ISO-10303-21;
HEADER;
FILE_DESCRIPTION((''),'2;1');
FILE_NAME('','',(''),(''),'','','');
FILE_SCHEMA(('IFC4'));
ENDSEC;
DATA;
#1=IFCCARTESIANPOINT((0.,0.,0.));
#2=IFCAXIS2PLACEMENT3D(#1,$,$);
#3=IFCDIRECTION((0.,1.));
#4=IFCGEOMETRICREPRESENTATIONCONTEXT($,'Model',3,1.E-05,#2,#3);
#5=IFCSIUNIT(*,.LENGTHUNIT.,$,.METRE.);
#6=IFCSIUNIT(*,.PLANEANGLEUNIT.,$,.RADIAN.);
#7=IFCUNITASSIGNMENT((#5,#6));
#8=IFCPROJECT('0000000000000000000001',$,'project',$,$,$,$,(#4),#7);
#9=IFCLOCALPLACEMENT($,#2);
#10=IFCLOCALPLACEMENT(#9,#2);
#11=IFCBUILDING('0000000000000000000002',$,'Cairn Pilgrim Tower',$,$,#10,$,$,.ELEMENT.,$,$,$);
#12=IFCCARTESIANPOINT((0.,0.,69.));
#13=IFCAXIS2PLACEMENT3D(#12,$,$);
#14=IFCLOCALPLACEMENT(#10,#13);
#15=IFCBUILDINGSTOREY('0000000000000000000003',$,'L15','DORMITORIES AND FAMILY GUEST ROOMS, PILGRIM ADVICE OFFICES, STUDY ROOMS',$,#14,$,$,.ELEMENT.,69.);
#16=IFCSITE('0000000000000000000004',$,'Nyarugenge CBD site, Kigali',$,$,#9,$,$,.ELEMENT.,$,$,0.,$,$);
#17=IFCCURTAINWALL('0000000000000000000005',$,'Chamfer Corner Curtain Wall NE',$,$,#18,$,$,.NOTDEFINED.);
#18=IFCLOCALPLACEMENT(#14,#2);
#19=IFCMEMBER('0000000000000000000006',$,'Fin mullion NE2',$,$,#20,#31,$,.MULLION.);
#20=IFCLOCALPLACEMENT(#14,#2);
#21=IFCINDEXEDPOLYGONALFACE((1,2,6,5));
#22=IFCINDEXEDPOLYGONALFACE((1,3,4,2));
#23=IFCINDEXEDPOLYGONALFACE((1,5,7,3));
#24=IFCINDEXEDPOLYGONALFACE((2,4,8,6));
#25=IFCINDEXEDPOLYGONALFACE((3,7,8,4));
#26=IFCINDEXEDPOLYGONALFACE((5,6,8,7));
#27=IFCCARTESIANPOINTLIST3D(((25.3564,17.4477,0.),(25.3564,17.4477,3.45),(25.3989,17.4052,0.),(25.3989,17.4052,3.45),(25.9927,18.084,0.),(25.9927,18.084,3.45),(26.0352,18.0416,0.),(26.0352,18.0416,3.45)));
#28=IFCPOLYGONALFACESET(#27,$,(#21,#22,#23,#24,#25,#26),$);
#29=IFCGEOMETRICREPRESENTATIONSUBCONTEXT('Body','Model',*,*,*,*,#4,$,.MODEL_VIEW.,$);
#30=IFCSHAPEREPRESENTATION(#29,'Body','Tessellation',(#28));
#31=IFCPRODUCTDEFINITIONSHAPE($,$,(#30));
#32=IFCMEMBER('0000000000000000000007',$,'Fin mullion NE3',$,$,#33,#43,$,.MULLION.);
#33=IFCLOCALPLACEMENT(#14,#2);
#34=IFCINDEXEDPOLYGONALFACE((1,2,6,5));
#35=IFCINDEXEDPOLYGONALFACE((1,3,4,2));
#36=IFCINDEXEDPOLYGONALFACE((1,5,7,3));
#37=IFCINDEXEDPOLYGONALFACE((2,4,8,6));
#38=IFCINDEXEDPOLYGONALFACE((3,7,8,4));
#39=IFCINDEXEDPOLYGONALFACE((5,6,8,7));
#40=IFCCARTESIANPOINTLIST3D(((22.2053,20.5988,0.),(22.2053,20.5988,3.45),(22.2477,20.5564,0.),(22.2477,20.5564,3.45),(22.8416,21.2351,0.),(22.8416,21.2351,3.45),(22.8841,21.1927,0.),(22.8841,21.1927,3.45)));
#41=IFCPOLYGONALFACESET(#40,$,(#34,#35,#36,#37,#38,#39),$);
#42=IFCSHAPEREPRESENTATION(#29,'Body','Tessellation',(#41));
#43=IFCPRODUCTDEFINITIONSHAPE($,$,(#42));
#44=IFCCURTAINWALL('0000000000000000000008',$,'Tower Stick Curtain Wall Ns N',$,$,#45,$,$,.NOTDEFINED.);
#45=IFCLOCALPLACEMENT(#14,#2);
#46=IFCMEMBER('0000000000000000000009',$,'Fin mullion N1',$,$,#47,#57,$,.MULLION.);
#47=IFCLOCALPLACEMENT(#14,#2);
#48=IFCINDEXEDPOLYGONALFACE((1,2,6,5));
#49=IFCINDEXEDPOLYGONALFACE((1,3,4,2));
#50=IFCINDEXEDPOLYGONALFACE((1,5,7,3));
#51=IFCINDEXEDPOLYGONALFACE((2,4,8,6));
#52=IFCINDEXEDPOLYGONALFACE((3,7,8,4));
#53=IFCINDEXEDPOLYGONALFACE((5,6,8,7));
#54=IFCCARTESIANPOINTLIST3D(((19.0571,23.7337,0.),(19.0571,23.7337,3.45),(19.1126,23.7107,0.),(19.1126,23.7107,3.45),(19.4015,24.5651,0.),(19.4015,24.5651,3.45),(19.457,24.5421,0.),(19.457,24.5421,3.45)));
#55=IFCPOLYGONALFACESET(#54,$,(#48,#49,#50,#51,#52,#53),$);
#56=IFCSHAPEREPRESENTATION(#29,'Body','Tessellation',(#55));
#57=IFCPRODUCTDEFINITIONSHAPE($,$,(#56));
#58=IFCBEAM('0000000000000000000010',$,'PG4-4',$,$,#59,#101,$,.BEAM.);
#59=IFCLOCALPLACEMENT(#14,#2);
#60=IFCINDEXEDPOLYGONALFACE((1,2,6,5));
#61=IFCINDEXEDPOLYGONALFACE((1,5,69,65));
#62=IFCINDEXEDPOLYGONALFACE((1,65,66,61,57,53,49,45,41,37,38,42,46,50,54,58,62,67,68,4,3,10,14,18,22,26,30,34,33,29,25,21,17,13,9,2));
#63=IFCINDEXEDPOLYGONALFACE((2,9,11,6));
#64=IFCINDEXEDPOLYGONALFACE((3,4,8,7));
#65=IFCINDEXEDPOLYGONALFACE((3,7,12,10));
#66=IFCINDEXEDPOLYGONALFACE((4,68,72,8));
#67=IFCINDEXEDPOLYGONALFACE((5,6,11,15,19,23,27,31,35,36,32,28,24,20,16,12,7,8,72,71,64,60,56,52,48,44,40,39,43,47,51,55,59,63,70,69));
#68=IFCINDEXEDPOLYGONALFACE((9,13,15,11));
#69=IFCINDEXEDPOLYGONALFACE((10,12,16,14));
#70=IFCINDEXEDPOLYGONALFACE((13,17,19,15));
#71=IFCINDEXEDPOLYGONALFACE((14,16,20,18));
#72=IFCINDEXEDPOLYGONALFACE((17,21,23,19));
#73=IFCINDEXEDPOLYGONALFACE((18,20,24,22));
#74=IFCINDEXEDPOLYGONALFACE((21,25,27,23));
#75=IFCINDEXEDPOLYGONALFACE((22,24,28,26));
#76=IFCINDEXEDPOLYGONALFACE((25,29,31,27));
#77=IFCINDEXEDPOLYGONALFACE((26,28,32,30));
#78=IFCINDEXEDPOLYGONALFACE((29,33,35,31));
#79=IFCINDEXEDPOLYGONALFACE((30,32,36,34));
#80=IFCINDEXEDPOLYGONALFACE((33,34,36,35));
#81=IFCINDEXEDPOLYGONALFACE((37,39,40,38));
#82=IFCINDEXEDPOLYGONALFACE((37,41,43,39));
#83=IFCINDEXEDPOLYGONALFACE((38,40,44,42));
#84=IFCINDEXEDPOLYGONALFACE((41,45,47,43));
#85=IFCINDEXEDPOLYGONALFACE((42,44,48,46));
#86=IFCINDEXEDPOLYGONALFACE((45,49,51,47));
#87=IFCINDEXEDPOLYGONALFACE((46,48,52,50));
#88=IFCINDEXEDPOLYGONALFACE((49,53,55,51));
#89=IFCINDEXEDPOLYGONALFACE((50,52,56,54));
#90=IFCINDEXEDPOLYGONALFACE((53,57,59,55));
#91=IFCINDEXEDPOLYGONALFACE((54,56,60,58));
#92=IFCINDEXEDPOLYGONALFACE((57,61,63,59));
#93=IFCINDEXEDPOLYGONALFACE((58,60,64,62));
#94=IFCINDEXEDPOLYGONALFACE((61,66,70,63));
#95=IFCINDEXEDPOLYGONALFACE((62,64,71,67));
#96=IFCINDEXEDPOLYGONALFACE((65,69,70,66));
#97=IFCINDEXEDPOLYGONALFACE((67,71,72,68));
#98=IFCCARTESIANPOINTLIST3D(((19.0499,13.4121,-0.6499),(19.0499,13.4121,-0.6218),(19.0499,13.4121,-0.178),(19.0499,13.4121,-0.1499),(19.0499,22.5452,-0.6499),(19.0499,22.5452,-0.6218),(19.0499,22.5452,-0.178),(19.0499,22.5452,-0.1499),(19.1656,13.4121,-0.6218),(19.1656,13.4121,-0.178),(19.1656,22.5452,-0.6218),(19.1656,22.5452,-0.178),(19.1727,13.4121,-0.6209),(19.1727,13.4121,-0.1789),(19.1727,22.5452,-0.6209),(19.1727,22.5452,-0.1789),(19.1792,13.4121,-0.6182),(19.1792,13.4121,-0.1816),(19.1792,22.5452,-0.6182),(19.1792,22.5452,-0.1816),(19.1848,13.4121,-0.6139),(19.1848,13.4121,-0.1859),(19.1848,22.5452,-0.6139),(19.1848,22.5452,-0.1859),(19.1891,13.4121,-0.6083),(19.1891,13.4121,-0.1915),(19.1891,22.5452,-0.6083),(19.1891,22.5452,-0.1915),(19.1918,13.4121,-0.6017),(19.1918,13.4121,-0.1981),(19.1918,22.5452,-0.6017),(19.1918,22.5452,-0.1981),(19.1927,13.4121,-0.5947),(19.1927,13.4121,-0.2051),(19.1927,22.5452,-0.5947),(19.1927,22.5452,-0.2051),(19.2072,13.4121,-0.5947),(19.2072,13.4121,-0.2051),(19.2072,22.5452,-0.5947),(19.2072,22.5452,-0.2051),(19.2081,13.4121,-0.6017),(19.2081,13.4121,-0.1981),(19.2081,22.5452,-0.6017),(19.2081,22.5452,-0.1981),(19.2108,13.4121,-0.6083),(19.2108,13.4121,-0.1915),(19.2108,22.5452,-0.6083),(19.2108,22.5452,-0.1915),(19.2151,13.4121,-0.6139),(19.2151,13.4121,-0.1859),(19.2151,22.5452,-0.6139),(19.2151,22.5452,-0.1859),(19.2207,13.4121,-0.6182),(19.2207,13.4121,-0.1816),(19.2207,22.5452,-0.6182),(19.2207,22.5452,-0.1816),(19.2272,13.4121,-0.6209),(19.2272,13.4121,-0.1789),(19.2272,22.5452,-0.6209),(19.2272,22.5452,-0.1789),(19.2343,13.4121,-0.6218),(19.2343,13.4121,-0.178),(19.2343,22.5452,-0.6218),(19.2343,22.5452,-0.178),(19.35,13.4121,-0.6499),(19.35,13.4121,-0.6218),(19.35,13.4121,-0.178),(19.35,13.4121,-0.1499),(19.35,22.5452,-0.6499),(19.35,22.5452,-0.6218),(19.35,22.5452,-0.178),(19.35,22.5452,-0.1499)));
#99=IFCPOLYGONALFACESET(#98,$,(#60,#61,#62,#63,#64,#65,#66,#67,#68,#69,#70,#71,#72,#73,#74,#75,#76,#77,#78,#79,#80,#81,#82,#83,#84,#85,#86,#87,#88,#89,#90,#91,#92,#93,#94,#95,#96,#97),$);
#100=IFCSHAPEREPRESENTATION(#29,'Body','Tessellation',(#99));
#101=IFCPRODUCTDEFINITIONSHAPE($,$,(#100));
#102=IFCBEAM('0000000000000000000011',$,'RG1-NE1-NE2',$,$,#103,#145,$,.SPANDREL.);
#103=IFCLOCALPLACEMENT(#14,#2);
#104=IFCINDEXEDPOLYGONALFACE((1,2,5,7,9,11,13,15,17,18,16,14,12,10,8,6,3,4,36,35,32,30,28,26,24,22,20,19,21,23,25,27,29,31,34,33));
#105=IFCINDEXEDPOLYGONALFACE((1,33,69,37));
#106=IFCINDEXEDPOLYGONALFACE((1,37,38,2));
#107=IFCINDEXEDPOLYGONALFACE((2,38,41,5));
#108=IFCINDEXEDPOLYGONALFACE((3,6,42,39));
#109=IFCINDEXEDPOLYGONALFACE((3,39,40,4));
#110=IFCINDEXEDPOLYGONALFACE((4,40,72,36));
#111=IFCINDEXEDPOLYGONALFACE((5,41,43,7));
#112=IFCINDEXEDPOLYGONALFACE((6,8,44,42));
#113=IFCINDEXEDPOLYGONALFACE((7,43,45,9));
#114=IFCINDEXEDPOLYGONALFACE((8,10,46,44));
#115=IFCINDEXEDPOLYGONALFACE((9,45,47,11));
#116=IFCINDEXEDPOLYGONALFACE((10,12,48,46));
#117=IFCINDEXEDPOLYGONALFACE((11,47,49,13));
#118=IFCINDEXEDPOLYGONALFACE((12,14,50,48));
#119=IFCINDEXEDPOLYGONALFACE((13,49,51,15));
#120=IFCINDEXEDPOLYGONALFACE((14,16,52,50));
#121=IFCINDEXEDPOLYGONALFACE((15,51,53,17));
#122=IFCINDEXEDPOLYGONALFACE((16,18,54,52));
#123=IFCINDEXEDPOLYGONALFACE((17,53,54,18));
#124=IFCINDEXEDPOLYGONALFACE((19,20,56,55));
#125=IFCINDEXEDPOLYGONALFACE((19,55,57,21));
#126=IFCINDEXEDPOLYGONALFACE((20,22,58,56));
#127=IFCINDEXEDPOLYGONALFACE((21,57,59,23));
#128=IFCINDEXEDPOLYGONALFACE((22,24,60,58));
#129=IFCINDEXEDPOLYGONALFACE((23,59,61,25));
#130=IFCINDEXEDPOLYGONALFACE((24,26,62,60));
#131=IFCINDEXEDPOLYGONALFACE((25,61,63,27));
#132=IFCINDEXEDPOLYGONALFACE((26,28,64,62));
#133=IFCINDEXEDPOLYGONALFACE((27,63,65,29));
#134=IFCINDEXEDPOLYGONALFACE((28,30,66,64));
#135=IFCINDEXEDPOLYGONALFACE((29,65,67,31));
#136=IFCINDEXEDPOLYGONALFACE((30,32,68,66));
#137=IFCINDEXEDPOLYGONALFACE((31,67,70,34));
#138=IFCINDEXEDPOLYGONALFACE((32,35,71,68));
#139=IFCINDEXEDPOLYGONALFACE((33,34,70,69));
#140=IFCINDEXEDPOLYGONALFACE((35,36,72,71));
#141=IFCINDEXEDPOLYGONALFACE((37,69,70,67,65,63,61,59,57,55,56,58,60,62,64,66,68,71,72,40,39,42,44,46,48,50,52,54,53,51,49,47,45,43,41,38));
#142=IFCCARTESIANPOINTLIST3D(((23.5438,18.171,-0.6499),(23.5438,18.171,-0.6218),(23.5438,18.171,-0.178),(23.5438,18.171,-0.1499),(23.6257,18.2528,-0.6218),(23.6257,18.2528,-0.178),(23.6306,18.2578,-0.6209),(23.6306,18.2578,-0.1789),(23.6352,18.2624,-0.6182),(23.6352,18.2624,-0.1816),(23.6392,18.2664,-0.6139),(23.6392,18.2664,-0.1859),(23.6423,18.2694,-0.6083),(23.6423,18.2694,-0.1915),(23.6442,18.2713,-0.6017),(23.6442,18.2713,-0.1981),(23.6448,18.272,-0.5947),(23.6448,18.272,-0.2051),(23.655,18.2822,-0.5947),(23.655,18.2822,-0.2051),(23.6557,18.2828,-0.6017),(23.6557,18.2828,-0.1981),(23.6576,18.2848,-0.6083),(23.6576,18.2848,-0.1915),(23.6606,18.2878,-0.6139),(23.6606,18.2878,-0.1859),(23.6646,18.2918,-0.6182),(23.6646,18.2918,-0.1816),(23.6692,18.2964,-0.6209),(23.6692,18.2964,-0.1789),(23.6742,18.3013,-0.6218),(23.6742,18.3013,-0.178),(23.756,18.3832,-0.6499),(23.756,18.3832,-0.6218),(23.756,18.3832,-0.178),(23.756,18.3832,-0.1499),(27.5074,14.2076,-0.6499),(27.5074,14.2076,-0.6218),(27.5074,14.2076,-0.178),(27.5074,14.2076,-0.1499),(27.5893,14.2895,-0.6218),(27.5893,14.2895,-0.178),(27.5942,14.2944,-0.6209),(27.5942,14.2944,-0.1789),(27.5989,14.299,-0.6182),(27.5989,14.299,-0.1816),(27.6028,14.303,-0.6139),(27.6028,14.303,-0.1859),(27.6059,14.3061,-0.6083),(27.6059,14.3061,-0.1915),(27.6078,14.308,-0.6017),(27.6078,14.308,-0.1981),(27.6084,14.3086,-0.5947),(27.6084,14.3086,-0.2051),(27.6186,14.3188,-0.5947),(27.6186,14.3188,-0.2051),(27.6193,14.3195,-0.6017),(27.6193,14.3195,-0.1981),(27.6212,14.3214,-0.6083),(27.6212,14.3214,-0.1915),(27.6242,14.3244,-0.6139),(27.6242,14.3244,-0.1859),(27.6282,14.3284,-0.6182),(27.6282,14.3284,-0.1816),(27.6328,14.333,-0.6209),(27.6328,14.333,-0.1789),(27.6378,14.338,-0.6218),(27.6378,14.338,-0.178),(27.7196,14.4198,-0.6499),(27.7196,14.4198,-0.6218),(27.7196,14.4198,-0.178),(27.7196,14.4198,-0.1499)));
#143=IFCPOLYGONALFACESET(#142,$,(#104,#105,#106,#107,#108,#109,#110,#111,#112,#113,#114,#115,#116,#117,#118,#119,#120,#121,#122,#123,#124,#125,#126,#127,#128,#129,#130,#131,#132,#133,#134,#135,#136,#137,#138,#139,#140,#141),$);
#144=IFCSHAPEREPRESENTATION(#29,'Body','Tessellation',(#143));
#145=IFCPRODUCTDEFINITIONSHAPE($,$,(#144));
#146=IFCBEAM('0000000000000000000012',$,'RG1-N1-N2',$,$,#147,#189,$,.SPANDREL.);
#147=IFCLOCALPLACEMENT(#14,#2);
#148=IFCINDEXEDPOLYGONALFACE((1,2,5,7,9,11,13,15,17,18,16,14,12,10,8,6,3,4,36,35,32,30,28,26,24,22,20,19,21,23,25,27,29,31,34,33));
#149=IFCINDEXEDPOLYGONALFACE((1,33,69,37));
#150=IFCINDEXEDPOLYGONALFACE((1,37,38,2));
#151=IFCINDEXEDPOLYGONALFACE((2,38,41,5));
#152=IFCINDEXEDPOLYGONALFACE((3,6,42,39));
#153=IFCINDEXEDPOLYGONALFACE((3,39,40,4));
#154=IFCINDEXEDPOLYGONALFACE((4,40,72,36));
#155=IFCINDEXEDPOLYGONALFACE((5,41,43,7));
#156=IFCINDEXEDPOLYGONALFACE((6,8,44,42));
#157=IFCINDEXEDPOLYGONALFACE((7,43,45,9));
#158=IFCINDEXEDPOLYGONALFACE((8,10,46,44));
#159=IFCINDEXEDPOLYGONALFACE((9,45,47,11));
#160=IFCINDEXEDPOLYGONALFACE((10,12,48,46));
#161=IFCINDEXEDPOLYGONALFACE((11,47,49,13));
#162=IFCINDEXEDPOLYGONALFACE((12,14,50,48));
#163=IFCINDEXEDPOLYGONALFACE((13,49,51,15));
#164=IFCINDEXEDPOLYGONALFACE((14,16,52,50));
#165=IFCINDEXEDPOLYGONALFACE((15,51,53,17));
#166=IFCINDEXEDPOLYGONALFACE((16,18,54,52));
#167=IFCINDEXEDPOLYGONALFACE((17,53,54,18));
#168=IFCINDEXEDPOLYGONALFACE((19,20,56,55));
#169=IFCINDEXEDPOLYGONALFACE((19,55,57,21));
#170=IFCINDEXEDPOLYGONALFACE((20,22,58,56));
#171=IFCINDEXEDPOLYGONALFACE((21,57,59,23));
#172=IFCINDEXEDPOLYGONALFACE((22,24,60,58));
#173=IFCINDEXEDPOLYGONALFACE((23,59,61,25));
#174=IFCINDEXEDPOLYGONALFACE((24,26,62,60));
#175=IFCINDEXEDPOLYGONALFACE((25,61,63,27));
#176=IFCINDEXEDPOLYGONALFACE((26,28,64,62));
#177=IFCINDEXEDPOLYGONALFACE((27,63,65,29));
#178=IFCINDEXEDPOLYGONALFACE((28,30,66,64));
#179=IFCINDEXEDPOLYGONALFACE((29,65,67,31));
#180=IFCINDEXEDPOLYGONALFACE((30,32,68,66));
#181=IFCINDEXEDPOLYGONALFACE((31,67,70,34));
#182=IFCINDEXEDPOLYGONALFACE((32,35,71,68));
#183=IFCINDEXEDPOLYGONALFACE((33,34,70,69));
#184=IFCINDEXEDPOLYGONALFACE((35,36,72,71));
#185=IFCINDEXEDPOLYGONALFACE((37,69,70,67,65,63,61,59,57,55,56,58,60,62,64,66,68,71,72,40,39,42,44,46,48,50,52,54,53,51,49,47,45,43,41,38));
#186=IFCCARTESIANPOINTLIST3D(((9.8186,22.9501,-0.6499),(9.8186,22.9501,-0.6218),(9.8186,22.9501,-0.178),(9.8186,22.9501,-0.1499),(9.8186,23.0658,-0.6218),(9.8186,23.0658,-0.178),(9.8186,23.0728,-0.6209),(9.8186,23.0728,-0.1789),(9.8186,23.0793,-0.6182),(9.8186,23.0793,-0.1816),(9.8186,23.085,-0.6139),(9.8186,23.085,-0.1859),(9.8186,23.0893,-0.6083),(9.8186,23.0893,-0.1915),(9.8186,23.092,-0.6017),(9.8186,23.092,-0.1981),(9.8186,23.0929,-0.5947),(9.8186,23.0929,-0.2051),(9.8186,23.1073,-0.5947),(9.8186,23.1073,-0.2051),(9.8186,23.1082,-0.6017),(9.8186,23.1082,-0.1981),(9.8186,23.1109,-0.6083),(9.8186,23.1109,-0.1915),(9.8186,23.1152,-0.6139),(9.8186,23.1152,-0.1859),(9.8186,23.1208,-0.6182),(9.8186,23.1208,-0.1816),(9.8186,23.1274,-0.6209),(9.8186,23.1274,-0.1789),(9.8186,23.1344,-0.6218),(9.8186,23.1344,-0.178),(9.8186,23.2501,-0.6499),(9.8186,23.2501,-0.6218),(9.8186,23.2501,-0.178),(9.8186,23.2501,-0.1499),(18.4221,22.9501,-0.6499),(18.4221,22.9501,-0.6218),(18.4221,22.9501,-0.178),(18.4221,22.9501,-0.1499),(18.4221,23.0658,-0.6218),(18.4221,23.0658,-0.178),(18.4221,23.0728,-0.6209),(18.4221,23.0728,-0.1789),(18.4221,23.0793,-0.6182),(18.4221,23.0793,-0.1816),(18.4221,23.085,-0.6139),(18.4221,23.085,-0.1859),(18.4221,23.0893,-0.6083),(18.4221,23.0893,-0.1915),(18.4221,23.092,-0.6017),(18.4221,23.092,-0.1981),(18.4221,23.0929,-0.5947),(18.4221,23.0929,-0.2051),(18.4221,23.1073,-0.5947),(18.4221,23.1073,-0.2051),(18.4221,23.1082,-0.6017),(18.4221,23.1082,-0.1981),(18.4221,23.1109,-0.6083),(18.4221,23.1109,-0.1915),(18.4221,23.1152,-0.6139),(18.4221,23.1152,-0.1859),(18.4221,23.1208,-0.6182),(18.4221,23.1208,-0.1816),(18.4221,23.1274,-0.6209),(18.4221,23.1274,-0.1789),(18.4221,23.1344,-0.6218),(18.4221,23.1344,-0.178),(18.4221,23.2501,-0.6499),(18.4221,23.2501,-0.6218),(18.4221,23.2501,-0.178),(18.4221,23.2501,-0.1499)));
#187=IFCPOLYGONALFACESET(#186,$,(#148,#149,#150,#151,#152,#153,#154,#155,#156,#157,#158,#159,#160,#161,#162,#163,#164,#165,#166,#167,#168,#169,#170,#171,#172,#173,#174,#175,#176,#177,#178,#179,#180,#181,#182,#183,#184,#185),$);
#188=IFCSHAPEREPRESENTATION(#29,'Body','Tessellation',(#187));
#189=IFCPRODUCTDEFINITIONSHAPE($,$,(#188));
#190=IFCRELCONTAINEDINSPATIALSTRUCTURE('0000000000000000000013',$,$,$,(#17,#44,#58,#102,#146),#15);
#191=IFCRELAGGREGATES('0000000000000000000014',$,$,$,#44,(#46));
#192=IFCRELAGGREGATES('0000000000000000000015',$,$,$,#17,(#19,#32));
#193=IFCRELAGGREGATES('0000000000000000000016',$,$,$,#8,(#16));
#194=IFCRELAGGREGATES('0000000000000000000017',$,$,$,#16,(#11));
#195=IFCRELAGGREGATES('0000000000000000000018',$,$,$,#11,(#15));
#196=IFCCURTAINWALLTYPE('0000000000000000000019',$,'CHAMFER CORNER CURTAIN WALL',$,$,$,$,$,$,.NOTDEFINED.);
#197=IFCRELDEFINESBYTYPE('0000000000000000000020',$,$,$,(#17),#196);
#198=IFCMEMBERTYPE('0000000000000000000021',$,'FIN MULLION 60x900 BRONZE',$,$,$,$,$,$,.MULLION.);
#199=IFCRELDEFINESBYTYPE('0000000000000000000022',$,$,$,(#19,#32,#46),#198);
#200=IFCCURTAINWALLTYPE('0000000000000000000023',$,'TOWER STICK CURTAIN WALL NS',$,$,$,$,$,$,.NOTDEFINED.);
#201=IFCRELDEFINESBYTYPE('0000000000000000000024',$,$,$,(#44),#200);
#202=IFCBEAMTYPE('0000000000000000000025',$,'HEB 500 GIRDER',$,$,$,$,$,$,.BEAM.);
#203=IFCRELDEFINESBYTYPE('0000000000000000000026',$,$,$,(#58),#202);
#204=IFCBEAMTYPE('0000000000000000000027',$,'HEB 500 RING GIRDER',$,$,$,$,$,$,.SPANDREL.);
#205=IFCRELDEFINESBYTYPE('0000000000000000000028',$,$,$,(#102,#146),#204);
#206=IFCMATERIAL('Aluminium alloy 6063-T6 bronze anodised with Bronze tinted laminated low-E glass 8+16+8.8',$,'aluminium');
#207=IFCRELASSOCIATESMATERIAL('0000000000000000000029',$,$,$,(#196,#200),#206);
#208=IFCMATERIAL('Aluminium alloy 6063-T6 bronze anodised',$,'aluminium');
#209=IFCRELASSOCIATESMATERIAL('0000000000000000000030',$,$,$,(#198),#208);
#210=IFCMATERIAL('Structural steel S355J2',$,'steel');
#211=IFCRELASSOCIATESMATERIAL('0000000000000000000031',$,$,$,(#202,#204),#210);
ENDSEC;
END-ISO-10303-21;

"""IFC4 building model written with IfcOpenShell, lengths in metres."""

from ifc_helpers import new_model, si_unit, direction, frame, origin, origin_2d, place, context, subcontext, project, spatial, rectangle, i_section, extrude, material, material_profile, profile_set, type_object, element, aggregate, save


model = new_model("IFC4")

# Units and contexts
model_context = context("Model", 3, precision=1e-05, world=origin(), true_north=direction((0.0, 1.0)))
body_context = subcontext(model_context, "Body", "Model", "MODEL_VIEW")
ifc_project = project(units=[si_unit("LENGTHUNIT", "METRE"), si_unit("PLANEANGLEUNIT", "RADIAN")], contexts=[model_context])

# Site, building, storey
site_placement = place(None, origin())
site = spatial("IfcSite", under=ifc_project, at=site_placement, Name="Nyarugenge CBD site, Kigali", CompositionType="ELEMENT", RefElevation=0.0)
building_placement = place(site_placement, origin())
building = spatial("IfcBuilding", under=site, at=building_placement, Name="Cairn Pilgrim Tower", CompositionType="ELEMENT")
storey_placement = place(building_placement, frame((0.0, 0.0, 69.0)))
storey = spatial("IfcBuildingStorey", under=building, at=storey_placement, Name="L15", Description="DORMITORIES AND FAMILY GUEST ROOMS, PILGRIM ADVICE OFFICES, STUDY ROOMS", CompositionType="ELEMENT", Elevation=69.0)

# Shared definitions
ifc_material_1 = material(Name="Structural steel S355J2", Category="steel")

# Curtain wall, members
ifc_material_2 = material(Name="Aluminium alloy 6063-T6 bronze anodised with Bronze tinted laminated low-E glass 8+16+8.8", Category="aluminium")
curtain_wall_type_1 = type_object("IfcCurtainWallType", Name="CHAMFER CORNER CURTAIN WALL", PredefinedType="NOTDEFINED", material=ifc_material_2)
curtain_wall_1_placement = place(storey_placement, origin())
curtain_wall_1 = element("IfcCurtainWall", 1, at=curtain_wall_1_placement, inside=storey, type_object=curtain_wall_type_1, Name="Chamfer Corner Curtain Wall NE", PredefinedType="NOTDEFINED")
ifc_material_3 = material(Name="Aluminium alloy 6063-T6 bronze anodised", Category="aluminium")
ifc_material_profile_1 = material_profile(ifc_material_3, rectangle(XDim=0.8999, YDim=0.0601, at=origin_2d()), Name="FIN MULLION 60x900 BRONZE")
ifc_profile_set_1 = profile_set([ifc_material_profile_1], Name="Aluminium alloy 6063-T6 bronze anodised")
member_type_1 = type_object("IfcMemberType", Name="FIN MULLION 60x900 BRONZE", PredefinedType="MULLION", material=ifc_profile_set_1)
member_1_placement = place(storey_placement, frame((25.6958, 17.7446, 0.0), z_axis=(0.0, 0.0, 1.0), x_axis=(0.707107, 0.707107, 0.0)))
member_1 = element("IfcMember", 2, at=member_1_placement, type_object=member_type_1, Name="Fin mullion NE2", PredefinedType="MULLION", context=body_context, shape_type="SweptSolid", body=[
    extrude(rectangle(XDim=0.8999, YDim=0.0601, at=origin_2d()), origin(), (0.0, 0.0, 1.0), 3.45),
])
member_2_placement = place(storey_placement, frame((22.5447, 20.8958, 0.0), z_axis=(0.0, 0.0, 1.0), x_axis=(0.707107, 0.707107, 0.0)))
member_2 = element("IfcMember", 3, at=member_2_placement, type_object=member_type_1, Name="Fin mullion NE3", PredefinedType="MULLION", context=body_context, shape_type="SweptSolid", body=[
    extrude(rectangle(XDim=0.8999, YDim=0.0601, at=origin_2d()), origin(), (0.0, 0.0, 1.0), 3.45),
])

# Curtain wall, member
curtain_wall_type_2 = type_object("IfcCurtainWallType", Name="TOWER STICK CURTAIN WALL NS", PredefinedType="NOTDEFINED", material=ifc_material_2)
curtain_wall_2_placement = place(storey_placement, origin())
curtain_wall_2 = element("IfcCurtainWall", 4, at=curtain_wall_2_placement, inside=storey, type_object=curtain_wall_type_2, Name="Tower Stick Curtain Wall Ns N", PredefinedType="NOTDEFINED")
member_3_placement = place(storey_placement, frame((19.2571, 24.1379, 0.0), z_axis=(0.0, 0.0, 1.0), x_axis=(0.382683, 0.92388, 0.0)))
member_3 = element("IfcMember", 5, at=member_3_placement, type_object=member_type_1, Name="Fin mullion N1", PredefinedType="MULLION", context=body_context, shape_type="SweptSolid", body=[
    extrude(rectangle(XDim=0.8999, YDim=0.0601, at=origin_2d()), origin(), (0.0, 0.0, 1.0), 3.45),
])
aggregate(curtain_wall_2, [member_3])

# Beams
ifc_material_profile_2 = material_profile(ifc_material_1, i_section(OverallWidth=0.3, OverallDepth=0.5, WebThickness=0.0144, FlangeThickness=0.0281, FilletRadius=0.0271, at=origin_2d()), Name="HEB 500")
ifc_profile_set_2 = profile_set([ifc_material_profile_2], Name="Structural steel S355J2")
beam_type_1 = type_object("IfcBeamType", Name="HEB 500 GIRDER", PredefinedType="BEAM", material=ifc_profile_set_2)
beam_1_placement = place(storey_placement, frame((19.2, 13.4121, -0.3999), z_axis=(0.0, 1.0, 0.0), x_axis=(-1.0, 0.0, 0.0)))
element("IfcBeam", 6, at=beam_1_placement, inside=storey, type_object=beam_type_1, Name="PG4-4", PredefinedType="BEAM", context=body_context, shape_type="SweptSolid", body=[
    extrude(i_section(OverallWidth=0.3, OverallDepth=0.5, WebThickness=0.0144, FlangeThickness=0.0281, FilletRadius=0.0271, at=origin_2d()), origin(), (0.0, 0.0, 1.0), 9.1331),
])
ifc_material_profile_3 = material_profile(ifc_material_1, i_section(OverallWidth=0.3, OverallDepth=0.5, WebThickness=0.0144, FlangeThickness=0.0281, FilletRadius=0.0271, at=origin_2d()), Name="HEB 500")
ifc_profile_set_3 = profile_set([ifc_material_profile_3], Name="Structural steel S355J2")
beam_type_2 = type_object("IfcBeamType", Name="HEB 500 RING GIRDER", PredefinedType="SPANDREL", material=ifc_profile_set_3)
beam_2_placement = place(storey_placement, frame((27.6135, 14.3137, -0.3999), z_axis=(-0.707129, 0.707085, 0.0), x_axis=(-0.707085, -0.707129, 0.0)))
element("IfcBeam", 7, at=beam_2_placement, inside=storey, type_object=beam_type_2, Name="RG1-NE1-NE2", PredefinedType="SPANDREL", context=body_context, shape_type="SweptSolid", body=[
    extrude(i_section(OverallWidth=0.3, OverallDepth=0.5, WebThickness=0.0144, FlangeThickness=0.0281, FilletRadius=0.0271, at=origin_2d()), origin(), (0.0, 0.0, 1.0), 5.6052),
])
beam_3_placement = place(storey_placement, frame((18.4221, 23.1001, -0.3999), z_axis=(-1.0, 0.0, 0.0), x_axis=(0.0, -1.0, 0.0)))
element("IfcBeam", 8, at=beam_3_placement, inside=storey, type_object=beam_type_2, Name="RG1-N1-N2", PredefinedType="SPANDREL", context=body_context, shape_type="SweptSolid", body=[
    extrude(i_section(OverallWidth=0.3, OverallDepth=0.5, WebThickness=0.0144, FlangeThickness=0.0281, FilletRadius=0.0271, at=origin_2d()), origin(), (0.0, 0.0, 1.0), 8.6035),
])

aggregate(curtain_wall_1, [member_1, member_2])

save(model, "model.ifc")
